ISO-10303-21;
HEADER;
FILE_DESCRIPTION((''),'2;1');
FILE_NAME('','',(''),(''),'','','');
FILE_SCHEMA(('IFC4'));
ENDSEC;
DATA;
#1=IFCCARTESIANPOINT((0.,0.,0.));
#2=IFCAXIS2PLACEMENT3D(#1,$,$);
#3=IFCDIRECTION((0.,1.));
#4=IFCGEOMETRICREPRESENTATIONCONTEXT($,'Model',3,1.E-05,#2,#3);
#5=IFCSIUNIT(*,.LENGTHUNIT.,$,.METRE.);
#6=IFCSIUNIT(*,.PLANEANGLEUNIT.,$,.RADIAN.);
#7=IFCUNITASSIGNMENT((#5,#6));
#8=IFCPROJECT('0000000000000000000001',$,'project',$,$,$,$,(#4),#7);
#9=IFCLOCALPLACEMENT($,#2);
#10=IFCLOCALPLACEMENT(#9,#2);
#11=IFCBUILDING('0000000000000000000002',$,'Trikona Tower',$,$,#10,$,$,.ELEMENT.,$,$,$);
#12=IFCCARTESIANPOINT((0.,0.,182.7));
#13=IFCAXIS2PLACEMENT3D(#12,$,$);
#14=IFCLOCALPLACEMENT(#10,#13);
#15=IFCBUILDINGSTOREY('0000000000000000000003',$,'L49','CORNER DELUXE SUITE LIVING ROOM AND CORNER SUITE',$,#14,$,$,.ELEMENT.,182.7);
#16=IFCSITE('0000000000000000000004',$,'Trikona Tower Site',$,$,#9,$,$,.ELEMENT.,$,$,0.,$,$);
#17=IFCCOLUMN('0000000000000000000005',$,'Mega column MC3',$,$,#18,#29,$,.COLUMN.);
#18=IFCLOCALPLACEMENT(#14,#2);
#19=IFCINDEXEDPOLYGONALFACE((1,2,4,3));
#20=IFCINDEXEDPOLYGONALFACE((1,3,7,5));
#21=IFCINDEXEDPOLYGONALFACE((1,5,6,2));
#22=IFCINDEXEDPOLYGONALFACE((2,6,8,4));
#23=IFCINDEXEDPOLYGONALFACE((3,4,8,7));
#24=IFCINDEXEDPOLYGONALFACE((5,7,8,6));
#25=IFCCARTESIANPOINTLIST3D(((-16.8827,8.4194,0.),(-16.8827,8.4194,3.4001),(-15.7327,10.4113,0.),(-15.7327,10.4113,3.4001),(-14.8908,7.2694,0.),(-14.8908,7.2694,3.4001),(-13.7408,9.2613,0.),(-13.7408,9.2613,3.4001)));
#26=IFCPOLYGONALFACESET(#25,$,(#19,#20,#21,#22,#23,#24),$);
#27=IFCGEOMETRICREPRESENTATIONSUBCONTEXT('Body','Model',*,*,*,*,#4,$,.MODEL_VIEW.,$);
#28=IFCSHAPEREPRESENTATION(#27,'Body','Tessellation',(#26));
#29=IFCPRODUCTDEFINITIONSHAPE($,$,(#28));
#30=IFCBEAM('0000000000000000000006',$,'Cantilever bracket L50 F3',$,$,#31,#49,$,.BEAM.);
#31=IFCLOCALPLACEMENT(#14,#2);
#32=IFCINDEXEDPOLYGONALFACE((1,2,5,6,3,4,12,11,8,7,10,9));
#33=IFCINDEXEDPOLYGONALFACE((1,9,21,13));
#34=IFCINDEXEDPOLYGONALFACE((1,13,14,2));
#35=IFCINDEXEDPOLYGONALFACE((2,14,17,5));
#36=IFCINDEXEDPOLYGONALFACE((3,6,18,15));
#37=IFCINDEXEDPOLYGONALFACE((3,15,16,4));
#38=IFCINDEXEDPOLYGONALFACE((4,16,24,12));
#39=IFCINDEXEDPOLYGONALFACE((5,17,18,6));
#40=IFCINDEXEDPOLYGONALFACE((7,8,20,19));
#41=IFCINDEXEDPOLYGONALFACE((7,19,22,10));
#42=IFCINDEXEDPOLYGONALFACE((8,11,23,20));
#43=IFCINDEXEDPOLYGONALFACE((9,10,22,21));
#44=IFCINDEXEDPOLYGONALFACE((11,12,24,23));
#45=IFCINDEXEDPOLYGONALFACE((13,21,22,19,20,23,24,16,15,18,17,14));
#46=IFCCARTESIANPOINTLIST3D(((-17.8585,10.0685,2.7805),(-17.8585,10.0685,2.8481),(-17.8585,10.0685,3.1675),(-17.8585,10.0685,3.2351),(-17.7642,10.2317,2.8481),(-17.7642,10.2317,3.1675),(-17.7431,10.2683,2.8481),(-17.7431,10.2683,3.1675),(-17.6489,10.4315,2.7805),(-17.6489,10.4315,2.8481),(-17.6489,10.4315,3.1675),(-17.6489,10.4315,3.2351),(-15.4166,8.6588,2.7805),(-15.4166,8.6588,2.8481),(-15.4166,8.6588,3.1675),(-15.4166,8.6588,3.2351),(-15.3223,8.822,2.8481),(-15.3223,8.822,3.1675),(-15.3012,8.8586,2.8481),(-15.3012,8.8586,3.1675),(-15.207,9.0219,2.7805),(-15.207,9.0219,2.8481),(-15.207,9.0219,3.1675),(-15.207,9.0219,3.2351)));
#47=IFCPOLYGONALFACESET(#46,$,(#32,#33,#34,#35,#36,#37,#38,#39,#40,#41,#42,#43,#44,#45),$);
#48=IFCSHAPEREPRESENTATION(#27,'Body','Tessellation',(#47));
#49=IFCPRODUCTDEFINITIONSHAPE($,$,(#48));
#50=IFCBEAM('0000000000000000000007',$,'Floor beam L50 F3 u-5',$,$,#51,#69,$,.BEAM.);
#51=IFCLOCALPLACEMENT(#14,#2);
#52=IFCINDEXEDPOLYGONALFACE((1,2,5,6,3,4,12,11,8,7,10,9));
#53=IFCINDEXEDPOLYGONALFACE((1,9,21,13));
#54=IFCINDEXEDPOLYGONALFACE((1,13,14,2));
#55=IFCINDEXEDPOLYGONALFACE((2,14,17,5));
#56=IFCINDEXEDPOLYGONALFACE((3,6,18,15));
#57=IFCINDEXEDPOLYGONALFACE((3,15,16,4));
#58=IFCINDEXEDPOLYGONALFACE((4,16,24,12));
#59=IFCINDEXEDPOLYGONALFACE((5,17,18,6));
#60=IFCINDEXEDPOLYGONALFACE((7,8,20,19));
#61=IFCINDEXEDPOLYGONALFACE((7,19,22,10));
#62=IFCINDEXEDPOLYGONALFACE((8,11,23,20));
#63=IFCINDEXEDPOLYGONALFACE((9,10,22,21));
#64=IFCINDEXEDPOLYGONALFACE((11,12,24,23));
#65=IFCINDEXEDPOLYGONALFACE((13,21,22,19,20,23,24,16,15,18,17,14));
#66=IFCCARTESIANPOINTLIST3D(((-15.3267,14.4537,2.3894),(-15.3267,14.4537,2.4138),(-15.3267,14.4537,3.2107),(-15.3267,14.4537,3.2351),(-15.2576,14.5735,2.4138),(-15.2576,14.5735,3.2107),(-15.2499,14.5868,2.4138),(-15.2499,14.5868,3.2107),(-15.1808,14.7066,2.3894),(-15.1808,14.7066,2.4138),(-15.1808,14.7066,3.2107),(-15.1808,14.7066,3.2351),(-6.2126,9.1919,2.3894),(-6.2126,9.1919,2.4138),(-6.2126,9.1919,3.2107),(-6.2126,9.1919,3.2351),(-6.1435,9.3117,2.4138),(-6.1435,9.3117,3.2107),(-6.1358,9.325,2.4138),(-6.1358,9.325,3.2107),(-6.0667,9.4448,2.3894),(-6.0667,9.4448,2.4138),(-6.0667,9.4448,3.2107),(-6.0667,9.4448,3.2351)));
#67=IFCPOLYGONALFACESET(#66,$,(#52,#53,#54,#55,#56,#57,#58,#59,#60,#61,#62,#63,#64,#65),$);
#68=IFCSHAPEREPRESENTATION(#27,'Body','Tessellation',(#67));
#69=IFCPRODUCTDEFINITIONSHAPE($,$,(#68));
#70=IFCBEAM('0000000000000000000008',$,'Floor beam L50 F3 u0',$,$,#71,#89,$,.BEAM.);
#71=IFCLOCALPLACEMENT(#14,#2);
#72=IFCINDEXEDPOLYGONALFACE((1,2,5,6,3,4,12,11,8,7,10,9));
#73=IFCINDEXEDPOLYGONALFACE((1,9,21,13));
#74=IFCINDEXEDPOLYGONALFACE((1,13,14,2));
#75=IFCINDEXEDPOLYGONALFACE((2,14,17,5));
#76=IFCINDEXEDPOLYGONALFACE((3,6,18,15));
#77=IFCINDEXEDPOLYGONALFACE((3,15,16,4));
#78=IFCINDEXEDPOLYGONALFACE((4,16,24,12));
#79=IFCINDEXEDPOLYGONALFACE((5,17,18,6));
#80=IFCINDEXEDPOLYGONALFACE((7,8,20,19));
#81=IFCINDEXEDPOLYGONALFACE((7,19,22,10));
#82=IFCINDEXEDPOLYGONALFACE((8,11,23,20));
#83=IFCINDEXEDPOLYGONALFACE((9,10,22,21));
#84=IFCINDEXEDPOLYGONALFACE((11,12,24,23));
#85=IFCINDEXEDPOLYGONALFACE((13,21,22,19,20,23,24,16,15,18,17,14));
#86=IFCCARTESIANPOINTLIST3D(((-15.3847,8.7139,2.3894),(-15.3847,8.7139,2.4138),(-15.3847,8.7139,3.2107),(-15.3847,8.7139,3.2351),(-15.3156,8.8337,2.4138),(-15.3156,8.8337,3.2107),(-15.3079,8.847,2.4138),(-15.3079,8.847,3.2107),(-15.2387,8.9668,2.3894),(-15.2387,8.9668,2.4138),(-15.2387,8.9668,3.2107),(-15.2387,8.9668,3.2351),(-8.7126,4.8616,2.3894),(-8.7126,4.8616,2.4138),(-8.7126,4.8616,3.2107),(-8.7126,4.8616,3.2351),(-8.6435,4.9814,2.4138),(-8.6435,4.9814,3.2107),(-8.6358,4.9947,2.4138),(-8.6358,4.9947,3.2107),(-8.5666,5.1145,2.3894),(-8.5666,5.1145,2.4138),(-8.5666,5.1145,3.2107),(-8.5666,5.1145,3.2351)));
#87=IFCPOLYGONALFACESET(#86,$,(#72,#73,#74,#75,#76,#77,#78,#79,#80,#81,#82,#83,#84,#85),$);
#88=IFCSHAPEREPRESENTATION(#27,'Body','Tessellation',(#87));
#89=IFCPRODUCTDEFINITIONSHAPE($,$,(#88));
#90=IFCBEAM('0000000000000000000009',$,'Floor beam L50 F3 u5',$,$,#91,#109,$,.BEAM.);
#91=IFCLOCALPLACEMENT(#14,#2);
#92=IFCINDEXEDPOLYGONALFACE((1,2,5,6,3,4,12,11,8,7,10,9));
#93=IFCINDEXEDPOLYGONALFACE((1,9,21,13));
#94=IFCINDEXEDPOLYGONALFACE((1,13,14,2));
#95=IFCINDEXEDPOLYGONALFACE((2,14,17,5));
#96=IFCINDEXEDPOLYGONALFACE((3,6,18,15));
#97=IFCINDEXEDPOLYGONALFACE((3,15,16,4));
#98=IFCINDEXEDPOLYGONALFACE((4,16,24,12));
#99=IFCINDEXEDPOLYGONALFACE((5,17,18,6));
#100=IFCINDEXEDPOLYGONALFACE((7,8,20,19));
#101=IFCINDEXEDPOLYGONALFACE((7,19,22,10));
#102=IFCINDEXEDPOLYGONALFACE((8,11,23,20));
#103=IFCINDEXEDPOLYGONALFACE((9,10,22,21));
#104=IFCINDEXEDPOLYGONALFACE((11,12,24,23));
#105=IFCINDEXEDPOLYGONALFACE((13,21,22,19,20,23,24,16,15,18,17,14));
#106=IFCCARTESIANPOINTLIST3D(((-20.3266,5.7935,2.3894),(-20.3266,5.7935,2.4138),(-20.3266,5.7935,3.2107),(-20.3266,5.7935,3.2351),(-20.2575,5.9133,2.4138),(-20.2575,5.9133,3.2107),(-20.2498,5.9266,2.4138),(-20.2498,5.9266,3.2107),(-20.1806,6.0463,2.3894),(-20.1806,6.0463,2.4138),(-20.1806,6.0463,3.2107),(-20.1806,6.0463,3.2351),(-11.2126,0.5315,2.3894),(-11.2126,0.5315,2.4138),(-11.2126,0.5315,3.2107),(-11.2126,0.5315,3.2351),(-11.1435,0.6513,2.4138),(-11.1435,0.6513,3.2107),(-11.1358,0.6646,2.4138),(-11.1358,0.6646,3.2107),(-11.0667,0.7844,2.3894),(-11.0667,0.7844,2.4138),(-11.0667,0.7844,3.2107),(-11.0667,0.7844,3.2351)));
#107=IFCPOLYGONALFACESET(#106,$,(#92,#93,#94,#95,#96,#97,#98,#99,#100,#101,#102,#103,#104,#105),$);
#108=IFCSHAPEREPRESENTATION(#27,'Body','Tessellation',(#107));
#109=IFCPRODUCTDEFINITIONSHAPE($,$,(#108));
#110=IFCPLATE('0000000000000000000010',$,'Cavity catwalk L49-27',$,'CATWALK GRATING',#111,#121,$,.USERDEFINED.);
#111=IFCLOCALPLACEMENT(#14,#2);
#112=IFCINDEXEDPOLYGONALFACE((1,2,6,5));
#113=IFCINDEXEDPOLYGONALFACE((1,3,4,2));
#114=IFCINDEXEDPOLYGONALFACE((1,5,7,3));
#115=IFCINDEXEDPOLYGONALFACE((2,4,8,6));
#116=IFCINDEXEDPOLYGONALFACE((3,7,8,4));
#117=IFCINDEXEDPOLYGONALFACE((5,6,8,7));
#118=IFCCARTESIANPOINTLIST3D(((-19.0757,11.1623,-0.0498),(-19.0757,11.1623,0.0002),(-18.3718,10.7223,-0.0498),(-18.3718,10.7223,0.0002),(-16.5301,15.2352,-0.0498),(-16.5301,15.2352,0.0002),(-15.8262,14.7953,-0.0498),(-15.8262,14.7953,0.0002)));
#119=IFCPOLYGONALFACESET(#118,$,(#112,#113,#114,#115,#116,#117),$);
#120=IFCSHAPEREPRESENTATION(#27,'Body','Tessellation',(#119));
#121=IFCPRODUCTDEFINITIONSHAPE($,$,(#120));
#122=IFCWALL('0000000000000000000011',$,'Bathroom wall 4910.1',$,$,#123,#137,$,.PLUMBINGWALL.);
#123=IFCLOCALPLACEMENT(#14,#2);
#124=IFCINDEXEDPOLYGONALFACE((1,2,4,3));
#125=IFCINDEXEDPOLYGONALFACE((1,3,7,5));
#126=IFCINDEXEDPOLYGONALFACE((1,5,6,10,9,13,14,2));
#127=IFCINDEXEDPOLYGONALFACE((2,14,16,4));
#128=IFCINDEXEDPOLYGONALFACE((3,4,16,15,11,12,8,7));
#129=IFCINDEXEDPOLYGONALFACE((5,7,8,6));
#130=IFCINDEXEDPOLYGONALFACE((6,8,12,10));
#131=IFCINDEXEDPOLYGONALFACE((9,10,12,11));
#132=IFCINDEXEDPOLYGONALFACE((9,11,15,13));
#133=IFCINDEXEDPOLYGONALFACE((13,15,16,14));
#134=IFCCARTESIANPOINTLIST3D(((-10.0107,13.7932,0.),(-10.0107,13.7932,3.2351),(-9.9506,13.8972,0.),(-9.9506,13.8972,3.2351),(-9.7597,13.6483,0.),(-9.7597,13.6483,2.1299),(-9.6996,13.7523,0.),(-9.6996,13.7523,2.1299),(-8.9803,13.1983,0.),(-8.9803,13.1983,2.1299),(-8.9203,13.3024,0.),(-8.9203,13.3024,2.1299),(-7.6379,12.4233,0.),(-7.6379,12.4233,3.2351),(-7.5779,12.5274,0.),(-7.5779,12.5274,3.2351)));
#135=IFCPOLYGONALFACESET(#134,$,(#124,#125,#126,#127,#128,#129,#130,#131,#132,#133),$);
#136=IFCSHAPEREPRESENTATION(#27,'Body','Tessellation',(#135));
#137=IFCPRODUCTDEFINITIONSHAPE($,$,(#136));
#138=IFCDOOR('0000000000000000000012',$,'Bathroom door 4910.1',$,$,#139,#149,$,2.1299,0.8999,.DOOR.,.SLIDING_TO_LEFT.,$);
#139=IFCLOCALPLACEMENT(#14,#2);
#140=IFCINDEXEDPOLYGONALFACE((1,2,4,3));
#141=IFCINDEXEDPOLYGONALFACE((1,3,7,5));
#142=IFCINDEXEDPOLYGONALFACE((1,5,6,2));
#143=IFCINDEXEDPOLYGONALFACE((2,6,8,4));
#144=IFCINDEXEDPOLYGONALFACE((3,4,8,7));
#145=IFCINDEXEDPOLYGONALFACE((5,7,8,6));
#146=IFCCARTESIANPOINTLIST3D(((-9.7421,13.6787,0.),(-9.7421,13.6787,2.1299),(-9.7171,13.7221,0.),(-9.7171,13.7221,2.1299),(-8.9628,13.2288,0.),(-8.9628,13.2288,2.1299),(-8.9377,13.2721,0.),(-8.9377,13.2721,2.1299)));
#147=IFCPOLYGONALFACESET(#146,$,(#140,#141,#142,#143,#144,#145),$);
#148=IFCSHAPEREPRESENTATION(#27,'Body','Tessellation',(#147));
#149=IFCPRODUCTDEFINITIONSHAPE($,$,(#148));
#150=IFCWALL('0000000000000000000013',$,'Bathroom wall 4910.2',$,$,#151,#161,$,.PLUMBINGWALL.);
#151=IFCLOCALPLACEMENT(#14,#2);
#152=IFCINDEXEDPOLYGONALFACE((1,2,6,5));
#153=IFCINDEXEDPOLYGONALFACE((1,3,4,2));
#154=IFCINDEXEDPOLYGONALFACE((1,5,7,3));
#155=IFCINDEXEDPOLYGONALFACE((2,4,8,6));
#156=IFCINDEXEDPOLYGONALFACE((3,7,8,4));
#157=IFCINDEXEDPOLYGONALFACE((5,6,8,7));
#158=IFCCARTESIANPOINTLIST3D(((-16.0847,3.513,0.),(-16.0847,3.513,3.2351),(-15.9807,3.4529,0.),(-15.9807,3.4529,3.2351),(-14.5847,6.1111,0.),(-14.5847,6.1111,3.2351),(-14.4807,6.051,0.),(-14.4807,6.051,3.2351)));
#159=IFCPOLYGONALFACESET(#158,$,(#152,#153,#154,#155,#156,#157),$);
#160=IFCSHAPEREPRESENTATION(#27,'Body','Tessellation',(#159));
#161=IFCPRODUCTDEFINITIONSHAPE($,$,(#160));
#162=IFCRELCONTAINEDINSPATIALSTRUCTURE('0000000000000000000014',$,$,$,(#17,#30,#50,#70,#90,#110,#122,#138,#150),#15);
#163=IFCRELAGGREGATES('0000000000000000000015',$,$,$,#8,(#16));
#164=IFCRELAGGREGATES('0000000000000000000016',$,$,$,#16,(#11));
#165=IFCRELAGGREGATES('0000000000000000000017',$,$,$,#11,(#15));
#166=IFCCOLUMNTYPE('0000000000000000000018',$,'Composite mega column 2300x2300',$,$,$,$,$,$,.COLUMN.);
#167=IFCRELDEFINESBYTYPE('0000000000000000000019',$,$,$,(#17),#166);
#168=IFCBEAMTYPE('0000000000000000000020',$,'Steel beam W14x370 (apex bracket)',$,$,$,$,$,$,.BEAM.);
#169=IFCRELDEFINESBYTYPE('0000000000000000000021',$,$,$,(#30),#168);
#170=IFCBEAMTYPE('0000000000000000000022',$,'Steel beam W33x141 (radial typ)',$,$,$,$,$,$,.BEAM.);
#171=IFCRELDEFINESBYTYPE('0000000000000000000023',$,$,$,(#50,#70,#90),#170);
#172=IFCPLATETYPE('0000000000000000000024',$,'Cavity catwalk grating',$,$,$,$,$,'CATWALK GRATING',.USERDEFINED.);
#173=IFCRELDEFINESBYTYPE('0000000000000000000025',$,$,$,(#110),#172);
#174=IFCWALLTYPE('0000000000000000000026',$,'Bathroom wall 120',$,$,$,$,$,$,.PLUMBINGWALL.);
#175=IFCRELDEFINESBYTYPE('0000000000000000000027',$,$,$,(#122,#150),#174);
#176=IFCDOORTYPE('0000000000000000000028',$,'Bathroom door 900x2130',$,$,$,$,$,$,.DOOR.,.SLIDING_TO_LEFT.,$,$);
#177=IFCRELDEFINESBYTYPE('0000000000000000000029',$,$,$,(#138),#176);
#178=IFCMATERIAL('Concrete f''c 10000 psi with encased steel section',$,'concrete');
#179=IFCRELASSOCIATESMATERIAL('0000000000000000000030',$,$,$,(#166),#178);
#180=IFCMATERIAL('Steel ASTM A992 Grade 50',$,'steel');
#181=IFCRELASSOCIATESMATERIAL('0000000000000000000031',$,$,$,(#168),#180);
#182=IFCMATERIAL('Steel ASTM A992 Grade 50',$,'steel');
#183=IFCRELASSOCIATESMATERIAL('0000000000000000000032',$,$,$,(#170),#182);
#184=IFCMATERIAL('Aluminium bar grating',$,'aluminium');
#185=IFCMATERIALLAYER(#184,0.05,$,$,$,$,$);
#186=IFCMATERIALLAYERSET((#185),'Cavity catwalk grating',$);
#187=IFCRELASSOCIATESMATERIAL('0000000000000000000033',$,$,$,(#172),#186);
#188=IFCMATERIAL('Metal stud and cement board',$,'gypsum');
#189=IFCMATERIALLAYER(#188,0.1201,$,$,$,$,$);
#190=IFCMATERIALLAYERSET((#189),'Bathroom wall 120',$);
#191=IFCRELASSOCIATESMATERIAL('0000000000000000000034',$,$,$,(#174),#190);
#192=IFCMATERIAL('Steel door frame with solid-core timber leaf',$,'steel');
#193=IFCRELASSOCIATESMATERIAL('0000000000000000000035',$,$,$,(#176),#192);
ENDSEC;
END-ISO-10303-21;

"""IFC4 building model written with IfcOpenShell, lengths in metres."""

from ifc_helpers import new_model, si_unit, direction, frame, frame_2d, origin, origin_2d, place, context, subcontext, project, spatial, rectangle, i_section, extrude, material, layer, layer_set, material_profile, profile_set, type_object, element, fill, save


model = new_model("IFC4")

# Units and contexts
model_context = context("Model", 3, precision=1e-05, world=origin(), true_north=direction((0.0, 1.0)))
body_context = subcontext(model_context, "Body", "Model", "MODEL_VIEW")
ifc_project = project(units=[si_unit("LENGTHUNIT", "METRE"), si_unit("PLANEANGLEUNIT", "RADIAN")], contexts=[model_context])

# Site, building, storey
site_placement = place(None, origin())
site = spatial("IfcSite", under=ifc_project, at=site_placement, Name="Trikona Tower Site", CompositionType="ELEMENT", RefElevation=0.0)
building_placement = place(site_placement, origin())
building = spatial("IfcBuilding", under=site, at=building_placement, Name="Trikona Tower", CompositionType="ELEMENT")
storey_placement = place(building_placement, frame((0.0, 0.0, 182.7)))
storey = spatial("IfcBuildingStorey", under=building, at=storey_placement, Name="L49", Description="CORNER DELUXE SUITE LIVING ROOM AND CORNER SUITE", CompositionType="ELEMENT", Elevation=182.7)

# Column
ifc_material_1 = material(Name="Concrete f'c 10000 psi with encased steel section", Category="concrete")
ifc_material_profile_1 = material_profile(ifc_material_1, rectangle(XDim=2.3, YDim=2.3, at=origin_2d()), Name="MC2300")
ifc_profile_set_1 = profile_set([ifc_material_profile_1], Name="Concrete f'c 10000 psi with encased steel section")
column_type = type_object("IfcColumnType", Name="Composite mega column 2300x2300", PredefinedType="COLUMN", material=ifc_profile_set_1)
column_placement = place(storey_placement, frame((-15.3118, 8.8403, 0.0), z_axis=(0.0, 0.0, 1.0), x_axis=(-0.866025, 0.5, 0.0)))
element("IfcColumn", 1, at=column_placement, inside=storey, type_object=column_type, Name="Mega column MC3", PredefinedType="COLUMN", context=body_context, shape_type="SweptSolid", body=[
    extrude(rectangle(XDim=2.3, YDim=2.3, at=origin_2d()), origin(), (0.0, 0.0, 1.0), 3.4001),
])

# Beams
ifc_material_2 = material(Name="Steel ASTM A992 Grade 50", Category="steel")
ifc_material_profile_2 = material_profile(ifc_material_2, i_section(OverallWidth=0.4192, OverallDepth=0.4546, WebThickness=0.0422, FlangeThickness=0.0676, at=origin_2d()), Name="W14X370")
ifc_profile_set_2 = profile_set([ifc_material_profile_2], Name="Steel ASTM A992 Grade 50")
beam_type_1 = type_object("IfcBeamType", Name="Steel beam W14x370 (apex bracket)", PredefinedType="BEAM", material=ifc_profile_set_2)
beam_1_placement = place(storey_placement, frame((-15.3118, 8.8403, 3.0078), z_axis=(-0.86605, 0.499957, 0.0), x_axis=(-0.499957, -0.86605, 0.0)))
element("IfcBeam", 2, at=beam_1_placement, inside=storey, type_object=beam_type_1, Name="Cantilever bracket L50 F3", PredefinedType="BEAM", context=body_context, shape_type="SweptSolid", body=[
    extrude(i_section(OverallWidth=0.4192, OverallDepth=0.4546, WebThickness=0.0422, FlangeThickness=0.0676, at=origin_2d()), origin(), (0.0, 0.0, 1.0), 2.8196),
])
ifc_material_3 = material(Name="Steel ASTM A992 Grade 50", Category="steel")
ifc_material_profile_3 = material_profile(ifc_material_3, i_section(OverallWidth=0.292, OverallDepth=0.8457, WebThickness=0.0154, FlangeThickness=0.0244, at=origin_2d()), Name="W33X141")
ifc_profile_set_3 = profile_set([ifc_material_profile_3], Name="Steel ASTM A992 Grade 50")
beam_type_2 = type_object("IfcBeamType", Name="Steel beam W33x141 (radial typ)", PredefinedType="BEAM", material=ifc_profile_set_3)
beam_2_placement = place(storey_placement, frame((-6.1396, 9.3184, 2.8123), z_axis=(-0.866036, 0.499982, 0.0), x_axis=(-0.499982, -0.866036, 0.0)))
element("IfcBeam", 3, at=beam_2_placement, inside=storey, type_object=beam_type_2, Name="Floor beam L50 F3 u-5", PredefinedType="BEAM", context=body_context, shape_type="SweptSolid", body=[
    extrude(i_section(OverallWidth=0.292, OverallDepth=0.8457, WebThickness=0.0154, FlangeThickness=0.0244, at=origin_2d()), origin(), (0.0, 0.0, 1.0), 10.5239),
])
beam_3_placement = place(storey_placement, frame((-8.6396, 4.988, 2.8123), z_axis=(-0.866017, 0.500014, 0.0), x_axis=(-0.500014, -0.866017, 0.0)))
element("IfcBeam", 4, at=beam_3_placement, inside=storey, type_object=beam_type_2, Name="Floor beam L50 F3 u0", PredefinedType="BEAM", context=body_context, shape_type="SweptSolid", body=[
    extrude(i_section(OverallWidth=0.292, OverallDepth=0.8457, WebThickness=0.0154, FlangeThickness=0.0244, at=origin_2d()), origin(), (0.0, 0.0, 1.0), 7.7043),
])
beam_4_placement = place(storey_placement, frame((-11.1396, 0.658, 2.8123), z_axis=(-0.866026, 0.499999, 0.0), x_axis=(-0.499999, -0.866026, 0.0)))
element("IfcBeam", 5, at=beam_4_placement, inside=storey, type_object=beam_type_2, Name="Floor beam L50 F3 u5", PredefinedType="BEAM", context=body_context, shape_type="SweptSolid", body=[
    extrude(i_section(OverallWidth=0.292, OverallDepth=0.8457, WebThickness=0.0154, FlangeThickness=0.0244, at=origin_2d()), origin(), (0.0, 0.0, 1.0), 10.5239),
])

# Plate
ifc_material_4 = material(Name="Aluminium bar grating", Category="aluminium")
ifc_layer_1 = layer(ifc_material_4, 0.05)
ifc_layer_set_1 = layer_set([ifc_layer_1], Name="Cavity catwalk grating")
plate_type = type_object("IfcPlateType", Name="Cavity catwalk grating", ElementType="CATWALK GRATING", PredefinedType="USERDEFINED", material=ifc_layer_set_1)
plate_placement = place(storey_placement, frame((-17.4509, 12.9788, -0.0498), z_axis=(0.0, 0.0, 1.0), x_axis=(-0.529995, -0.848001, 0.0)))
element("IfcPlate", 6, at=plate_placement, inside=storey, type_object=plate_type, Name="Cavity catwalk L49-27", ObjectType="CATWALK GRATING", PredefinedType="USERDEFINED", context=body_context, shape_type="SweptSolid", body=[
    extrude(rectangle(XDim=4.803, YDim=0.8301, at=origin_2d()), origin(), (0.0, 0.0, 1.0), 0.05),
])

# Wall, opening, door
ifc_material_5 = material(Name="Metal stud and cement board", Category="gypsum")
ifc_layer_2 = layer(ifc_material_5, 0.1201)
ifc_layer_set_2 = layer_set([ifc_layer_2], Name="Bathroom wall 120")
wall_type_1 = type_object("IfcWallType", Name="Bathroom wall 120", PredefinedType="PLUMBINGWALL", material=ifc_layer_set_2)
wall_1_placement = place(storey_placement, frame((-7.6079, 12.4753, 0.0), z_axis=(0.0, 0.0, 1.0), x_axis=(-0.866036, 0.499982, 0.0)))
wall_1 = element("IfcWall", 7, at=wall_1_placement, inside=storey, type_object=wall_type_1, Name="Bathroom wall 4910.1", PredefinedType="PLUMBINGWALL", context=body_context, shape_type="SweptSolid", body=[
    extrude(rectangle(XDim=2.7397, YDim=0.1201, at=frame_2d((1.3699, 0.0))), origin(), (0.0, 0.0, 1.0), 3.2351),
])
opening_1_placement = place(wall_1_placement, frame((1.55, 0.0, 0.0)))
opening_1 = element("IfcOpeningElement", 8, at=opening_1_placement, cuts=wall_1, PredefinedType="OPENING", context=body_context, shape_type="SweptSolid", body=[
    extrude(rectangle(XDim=0.8999, YDim=2.1299, at=frame_2d((0.45, 1.0649))), frame((0.0, 0.0701, 0.0), z_axis=(0.0, -1.0, 0.0), x_axis=(1.0, 0.0, 0.0)), (0.0, 0.0, 1.0), 0.1401),
])
ifc_material_6 = material(Name="Steel door frame with solid-core timber leaf", Category="steel")
door_type_1 = type_object("IfcDoorType", Name="Bathroom door 900x2130", OperationType="SLIDING_TO_LEFT", PredefinedType="DOOR", material=ifc_material_6)
door_1_placement = place(opening_1_placement, origin())
door_1 = element("IfcDoor", 9, at=door_1_placement, inside=storey, type_object=door_type_1, Name="Bathroom door 4910.1", OperationType="SLIDING_TO_LEFT", OverallHeight=2.1299, OverallWidth=0.8999, PredefinedType="DOOR", context=body_context, shape_type="SweptSolid", body=[
    extrude(rectangle(XDim=0.8999, YDim=2.1299, at=frame_2d((0.45, 1.0649))), frame((0.0, 0.0249, 0.0), z_axis=(0.0, -1.0, 0.0), x_axis=(1.0, 0.0, 0.0)), (0.0, 0.0, 1.0), 0.05),
])
fill(opening_1, door_1)

# Wall
wall_2_placement = place(storey_placement, frame((-14.5327, 6.0811, 0.0), z_axis=(0.0, 0.0, 1.0), x_axis=(-0.49999, -0.866031, 0.0)))
element("IfcWall", 10, at=wall_2_placement, inside=storey, type_object=wall_type_1, Name="Bathroom wall 4910.2", PredefinedType="PLUMBINGWALL", context=body_context, shape_type="SweptSolid", body=[
    extrude(rectangle(XDim=3.0, YDim=0.1201, at=frame_2d((1.5, 0.0))), origin(), (0.0, 0.0, 1.0), 3.2351),
])

save(model, "model.ifc")
